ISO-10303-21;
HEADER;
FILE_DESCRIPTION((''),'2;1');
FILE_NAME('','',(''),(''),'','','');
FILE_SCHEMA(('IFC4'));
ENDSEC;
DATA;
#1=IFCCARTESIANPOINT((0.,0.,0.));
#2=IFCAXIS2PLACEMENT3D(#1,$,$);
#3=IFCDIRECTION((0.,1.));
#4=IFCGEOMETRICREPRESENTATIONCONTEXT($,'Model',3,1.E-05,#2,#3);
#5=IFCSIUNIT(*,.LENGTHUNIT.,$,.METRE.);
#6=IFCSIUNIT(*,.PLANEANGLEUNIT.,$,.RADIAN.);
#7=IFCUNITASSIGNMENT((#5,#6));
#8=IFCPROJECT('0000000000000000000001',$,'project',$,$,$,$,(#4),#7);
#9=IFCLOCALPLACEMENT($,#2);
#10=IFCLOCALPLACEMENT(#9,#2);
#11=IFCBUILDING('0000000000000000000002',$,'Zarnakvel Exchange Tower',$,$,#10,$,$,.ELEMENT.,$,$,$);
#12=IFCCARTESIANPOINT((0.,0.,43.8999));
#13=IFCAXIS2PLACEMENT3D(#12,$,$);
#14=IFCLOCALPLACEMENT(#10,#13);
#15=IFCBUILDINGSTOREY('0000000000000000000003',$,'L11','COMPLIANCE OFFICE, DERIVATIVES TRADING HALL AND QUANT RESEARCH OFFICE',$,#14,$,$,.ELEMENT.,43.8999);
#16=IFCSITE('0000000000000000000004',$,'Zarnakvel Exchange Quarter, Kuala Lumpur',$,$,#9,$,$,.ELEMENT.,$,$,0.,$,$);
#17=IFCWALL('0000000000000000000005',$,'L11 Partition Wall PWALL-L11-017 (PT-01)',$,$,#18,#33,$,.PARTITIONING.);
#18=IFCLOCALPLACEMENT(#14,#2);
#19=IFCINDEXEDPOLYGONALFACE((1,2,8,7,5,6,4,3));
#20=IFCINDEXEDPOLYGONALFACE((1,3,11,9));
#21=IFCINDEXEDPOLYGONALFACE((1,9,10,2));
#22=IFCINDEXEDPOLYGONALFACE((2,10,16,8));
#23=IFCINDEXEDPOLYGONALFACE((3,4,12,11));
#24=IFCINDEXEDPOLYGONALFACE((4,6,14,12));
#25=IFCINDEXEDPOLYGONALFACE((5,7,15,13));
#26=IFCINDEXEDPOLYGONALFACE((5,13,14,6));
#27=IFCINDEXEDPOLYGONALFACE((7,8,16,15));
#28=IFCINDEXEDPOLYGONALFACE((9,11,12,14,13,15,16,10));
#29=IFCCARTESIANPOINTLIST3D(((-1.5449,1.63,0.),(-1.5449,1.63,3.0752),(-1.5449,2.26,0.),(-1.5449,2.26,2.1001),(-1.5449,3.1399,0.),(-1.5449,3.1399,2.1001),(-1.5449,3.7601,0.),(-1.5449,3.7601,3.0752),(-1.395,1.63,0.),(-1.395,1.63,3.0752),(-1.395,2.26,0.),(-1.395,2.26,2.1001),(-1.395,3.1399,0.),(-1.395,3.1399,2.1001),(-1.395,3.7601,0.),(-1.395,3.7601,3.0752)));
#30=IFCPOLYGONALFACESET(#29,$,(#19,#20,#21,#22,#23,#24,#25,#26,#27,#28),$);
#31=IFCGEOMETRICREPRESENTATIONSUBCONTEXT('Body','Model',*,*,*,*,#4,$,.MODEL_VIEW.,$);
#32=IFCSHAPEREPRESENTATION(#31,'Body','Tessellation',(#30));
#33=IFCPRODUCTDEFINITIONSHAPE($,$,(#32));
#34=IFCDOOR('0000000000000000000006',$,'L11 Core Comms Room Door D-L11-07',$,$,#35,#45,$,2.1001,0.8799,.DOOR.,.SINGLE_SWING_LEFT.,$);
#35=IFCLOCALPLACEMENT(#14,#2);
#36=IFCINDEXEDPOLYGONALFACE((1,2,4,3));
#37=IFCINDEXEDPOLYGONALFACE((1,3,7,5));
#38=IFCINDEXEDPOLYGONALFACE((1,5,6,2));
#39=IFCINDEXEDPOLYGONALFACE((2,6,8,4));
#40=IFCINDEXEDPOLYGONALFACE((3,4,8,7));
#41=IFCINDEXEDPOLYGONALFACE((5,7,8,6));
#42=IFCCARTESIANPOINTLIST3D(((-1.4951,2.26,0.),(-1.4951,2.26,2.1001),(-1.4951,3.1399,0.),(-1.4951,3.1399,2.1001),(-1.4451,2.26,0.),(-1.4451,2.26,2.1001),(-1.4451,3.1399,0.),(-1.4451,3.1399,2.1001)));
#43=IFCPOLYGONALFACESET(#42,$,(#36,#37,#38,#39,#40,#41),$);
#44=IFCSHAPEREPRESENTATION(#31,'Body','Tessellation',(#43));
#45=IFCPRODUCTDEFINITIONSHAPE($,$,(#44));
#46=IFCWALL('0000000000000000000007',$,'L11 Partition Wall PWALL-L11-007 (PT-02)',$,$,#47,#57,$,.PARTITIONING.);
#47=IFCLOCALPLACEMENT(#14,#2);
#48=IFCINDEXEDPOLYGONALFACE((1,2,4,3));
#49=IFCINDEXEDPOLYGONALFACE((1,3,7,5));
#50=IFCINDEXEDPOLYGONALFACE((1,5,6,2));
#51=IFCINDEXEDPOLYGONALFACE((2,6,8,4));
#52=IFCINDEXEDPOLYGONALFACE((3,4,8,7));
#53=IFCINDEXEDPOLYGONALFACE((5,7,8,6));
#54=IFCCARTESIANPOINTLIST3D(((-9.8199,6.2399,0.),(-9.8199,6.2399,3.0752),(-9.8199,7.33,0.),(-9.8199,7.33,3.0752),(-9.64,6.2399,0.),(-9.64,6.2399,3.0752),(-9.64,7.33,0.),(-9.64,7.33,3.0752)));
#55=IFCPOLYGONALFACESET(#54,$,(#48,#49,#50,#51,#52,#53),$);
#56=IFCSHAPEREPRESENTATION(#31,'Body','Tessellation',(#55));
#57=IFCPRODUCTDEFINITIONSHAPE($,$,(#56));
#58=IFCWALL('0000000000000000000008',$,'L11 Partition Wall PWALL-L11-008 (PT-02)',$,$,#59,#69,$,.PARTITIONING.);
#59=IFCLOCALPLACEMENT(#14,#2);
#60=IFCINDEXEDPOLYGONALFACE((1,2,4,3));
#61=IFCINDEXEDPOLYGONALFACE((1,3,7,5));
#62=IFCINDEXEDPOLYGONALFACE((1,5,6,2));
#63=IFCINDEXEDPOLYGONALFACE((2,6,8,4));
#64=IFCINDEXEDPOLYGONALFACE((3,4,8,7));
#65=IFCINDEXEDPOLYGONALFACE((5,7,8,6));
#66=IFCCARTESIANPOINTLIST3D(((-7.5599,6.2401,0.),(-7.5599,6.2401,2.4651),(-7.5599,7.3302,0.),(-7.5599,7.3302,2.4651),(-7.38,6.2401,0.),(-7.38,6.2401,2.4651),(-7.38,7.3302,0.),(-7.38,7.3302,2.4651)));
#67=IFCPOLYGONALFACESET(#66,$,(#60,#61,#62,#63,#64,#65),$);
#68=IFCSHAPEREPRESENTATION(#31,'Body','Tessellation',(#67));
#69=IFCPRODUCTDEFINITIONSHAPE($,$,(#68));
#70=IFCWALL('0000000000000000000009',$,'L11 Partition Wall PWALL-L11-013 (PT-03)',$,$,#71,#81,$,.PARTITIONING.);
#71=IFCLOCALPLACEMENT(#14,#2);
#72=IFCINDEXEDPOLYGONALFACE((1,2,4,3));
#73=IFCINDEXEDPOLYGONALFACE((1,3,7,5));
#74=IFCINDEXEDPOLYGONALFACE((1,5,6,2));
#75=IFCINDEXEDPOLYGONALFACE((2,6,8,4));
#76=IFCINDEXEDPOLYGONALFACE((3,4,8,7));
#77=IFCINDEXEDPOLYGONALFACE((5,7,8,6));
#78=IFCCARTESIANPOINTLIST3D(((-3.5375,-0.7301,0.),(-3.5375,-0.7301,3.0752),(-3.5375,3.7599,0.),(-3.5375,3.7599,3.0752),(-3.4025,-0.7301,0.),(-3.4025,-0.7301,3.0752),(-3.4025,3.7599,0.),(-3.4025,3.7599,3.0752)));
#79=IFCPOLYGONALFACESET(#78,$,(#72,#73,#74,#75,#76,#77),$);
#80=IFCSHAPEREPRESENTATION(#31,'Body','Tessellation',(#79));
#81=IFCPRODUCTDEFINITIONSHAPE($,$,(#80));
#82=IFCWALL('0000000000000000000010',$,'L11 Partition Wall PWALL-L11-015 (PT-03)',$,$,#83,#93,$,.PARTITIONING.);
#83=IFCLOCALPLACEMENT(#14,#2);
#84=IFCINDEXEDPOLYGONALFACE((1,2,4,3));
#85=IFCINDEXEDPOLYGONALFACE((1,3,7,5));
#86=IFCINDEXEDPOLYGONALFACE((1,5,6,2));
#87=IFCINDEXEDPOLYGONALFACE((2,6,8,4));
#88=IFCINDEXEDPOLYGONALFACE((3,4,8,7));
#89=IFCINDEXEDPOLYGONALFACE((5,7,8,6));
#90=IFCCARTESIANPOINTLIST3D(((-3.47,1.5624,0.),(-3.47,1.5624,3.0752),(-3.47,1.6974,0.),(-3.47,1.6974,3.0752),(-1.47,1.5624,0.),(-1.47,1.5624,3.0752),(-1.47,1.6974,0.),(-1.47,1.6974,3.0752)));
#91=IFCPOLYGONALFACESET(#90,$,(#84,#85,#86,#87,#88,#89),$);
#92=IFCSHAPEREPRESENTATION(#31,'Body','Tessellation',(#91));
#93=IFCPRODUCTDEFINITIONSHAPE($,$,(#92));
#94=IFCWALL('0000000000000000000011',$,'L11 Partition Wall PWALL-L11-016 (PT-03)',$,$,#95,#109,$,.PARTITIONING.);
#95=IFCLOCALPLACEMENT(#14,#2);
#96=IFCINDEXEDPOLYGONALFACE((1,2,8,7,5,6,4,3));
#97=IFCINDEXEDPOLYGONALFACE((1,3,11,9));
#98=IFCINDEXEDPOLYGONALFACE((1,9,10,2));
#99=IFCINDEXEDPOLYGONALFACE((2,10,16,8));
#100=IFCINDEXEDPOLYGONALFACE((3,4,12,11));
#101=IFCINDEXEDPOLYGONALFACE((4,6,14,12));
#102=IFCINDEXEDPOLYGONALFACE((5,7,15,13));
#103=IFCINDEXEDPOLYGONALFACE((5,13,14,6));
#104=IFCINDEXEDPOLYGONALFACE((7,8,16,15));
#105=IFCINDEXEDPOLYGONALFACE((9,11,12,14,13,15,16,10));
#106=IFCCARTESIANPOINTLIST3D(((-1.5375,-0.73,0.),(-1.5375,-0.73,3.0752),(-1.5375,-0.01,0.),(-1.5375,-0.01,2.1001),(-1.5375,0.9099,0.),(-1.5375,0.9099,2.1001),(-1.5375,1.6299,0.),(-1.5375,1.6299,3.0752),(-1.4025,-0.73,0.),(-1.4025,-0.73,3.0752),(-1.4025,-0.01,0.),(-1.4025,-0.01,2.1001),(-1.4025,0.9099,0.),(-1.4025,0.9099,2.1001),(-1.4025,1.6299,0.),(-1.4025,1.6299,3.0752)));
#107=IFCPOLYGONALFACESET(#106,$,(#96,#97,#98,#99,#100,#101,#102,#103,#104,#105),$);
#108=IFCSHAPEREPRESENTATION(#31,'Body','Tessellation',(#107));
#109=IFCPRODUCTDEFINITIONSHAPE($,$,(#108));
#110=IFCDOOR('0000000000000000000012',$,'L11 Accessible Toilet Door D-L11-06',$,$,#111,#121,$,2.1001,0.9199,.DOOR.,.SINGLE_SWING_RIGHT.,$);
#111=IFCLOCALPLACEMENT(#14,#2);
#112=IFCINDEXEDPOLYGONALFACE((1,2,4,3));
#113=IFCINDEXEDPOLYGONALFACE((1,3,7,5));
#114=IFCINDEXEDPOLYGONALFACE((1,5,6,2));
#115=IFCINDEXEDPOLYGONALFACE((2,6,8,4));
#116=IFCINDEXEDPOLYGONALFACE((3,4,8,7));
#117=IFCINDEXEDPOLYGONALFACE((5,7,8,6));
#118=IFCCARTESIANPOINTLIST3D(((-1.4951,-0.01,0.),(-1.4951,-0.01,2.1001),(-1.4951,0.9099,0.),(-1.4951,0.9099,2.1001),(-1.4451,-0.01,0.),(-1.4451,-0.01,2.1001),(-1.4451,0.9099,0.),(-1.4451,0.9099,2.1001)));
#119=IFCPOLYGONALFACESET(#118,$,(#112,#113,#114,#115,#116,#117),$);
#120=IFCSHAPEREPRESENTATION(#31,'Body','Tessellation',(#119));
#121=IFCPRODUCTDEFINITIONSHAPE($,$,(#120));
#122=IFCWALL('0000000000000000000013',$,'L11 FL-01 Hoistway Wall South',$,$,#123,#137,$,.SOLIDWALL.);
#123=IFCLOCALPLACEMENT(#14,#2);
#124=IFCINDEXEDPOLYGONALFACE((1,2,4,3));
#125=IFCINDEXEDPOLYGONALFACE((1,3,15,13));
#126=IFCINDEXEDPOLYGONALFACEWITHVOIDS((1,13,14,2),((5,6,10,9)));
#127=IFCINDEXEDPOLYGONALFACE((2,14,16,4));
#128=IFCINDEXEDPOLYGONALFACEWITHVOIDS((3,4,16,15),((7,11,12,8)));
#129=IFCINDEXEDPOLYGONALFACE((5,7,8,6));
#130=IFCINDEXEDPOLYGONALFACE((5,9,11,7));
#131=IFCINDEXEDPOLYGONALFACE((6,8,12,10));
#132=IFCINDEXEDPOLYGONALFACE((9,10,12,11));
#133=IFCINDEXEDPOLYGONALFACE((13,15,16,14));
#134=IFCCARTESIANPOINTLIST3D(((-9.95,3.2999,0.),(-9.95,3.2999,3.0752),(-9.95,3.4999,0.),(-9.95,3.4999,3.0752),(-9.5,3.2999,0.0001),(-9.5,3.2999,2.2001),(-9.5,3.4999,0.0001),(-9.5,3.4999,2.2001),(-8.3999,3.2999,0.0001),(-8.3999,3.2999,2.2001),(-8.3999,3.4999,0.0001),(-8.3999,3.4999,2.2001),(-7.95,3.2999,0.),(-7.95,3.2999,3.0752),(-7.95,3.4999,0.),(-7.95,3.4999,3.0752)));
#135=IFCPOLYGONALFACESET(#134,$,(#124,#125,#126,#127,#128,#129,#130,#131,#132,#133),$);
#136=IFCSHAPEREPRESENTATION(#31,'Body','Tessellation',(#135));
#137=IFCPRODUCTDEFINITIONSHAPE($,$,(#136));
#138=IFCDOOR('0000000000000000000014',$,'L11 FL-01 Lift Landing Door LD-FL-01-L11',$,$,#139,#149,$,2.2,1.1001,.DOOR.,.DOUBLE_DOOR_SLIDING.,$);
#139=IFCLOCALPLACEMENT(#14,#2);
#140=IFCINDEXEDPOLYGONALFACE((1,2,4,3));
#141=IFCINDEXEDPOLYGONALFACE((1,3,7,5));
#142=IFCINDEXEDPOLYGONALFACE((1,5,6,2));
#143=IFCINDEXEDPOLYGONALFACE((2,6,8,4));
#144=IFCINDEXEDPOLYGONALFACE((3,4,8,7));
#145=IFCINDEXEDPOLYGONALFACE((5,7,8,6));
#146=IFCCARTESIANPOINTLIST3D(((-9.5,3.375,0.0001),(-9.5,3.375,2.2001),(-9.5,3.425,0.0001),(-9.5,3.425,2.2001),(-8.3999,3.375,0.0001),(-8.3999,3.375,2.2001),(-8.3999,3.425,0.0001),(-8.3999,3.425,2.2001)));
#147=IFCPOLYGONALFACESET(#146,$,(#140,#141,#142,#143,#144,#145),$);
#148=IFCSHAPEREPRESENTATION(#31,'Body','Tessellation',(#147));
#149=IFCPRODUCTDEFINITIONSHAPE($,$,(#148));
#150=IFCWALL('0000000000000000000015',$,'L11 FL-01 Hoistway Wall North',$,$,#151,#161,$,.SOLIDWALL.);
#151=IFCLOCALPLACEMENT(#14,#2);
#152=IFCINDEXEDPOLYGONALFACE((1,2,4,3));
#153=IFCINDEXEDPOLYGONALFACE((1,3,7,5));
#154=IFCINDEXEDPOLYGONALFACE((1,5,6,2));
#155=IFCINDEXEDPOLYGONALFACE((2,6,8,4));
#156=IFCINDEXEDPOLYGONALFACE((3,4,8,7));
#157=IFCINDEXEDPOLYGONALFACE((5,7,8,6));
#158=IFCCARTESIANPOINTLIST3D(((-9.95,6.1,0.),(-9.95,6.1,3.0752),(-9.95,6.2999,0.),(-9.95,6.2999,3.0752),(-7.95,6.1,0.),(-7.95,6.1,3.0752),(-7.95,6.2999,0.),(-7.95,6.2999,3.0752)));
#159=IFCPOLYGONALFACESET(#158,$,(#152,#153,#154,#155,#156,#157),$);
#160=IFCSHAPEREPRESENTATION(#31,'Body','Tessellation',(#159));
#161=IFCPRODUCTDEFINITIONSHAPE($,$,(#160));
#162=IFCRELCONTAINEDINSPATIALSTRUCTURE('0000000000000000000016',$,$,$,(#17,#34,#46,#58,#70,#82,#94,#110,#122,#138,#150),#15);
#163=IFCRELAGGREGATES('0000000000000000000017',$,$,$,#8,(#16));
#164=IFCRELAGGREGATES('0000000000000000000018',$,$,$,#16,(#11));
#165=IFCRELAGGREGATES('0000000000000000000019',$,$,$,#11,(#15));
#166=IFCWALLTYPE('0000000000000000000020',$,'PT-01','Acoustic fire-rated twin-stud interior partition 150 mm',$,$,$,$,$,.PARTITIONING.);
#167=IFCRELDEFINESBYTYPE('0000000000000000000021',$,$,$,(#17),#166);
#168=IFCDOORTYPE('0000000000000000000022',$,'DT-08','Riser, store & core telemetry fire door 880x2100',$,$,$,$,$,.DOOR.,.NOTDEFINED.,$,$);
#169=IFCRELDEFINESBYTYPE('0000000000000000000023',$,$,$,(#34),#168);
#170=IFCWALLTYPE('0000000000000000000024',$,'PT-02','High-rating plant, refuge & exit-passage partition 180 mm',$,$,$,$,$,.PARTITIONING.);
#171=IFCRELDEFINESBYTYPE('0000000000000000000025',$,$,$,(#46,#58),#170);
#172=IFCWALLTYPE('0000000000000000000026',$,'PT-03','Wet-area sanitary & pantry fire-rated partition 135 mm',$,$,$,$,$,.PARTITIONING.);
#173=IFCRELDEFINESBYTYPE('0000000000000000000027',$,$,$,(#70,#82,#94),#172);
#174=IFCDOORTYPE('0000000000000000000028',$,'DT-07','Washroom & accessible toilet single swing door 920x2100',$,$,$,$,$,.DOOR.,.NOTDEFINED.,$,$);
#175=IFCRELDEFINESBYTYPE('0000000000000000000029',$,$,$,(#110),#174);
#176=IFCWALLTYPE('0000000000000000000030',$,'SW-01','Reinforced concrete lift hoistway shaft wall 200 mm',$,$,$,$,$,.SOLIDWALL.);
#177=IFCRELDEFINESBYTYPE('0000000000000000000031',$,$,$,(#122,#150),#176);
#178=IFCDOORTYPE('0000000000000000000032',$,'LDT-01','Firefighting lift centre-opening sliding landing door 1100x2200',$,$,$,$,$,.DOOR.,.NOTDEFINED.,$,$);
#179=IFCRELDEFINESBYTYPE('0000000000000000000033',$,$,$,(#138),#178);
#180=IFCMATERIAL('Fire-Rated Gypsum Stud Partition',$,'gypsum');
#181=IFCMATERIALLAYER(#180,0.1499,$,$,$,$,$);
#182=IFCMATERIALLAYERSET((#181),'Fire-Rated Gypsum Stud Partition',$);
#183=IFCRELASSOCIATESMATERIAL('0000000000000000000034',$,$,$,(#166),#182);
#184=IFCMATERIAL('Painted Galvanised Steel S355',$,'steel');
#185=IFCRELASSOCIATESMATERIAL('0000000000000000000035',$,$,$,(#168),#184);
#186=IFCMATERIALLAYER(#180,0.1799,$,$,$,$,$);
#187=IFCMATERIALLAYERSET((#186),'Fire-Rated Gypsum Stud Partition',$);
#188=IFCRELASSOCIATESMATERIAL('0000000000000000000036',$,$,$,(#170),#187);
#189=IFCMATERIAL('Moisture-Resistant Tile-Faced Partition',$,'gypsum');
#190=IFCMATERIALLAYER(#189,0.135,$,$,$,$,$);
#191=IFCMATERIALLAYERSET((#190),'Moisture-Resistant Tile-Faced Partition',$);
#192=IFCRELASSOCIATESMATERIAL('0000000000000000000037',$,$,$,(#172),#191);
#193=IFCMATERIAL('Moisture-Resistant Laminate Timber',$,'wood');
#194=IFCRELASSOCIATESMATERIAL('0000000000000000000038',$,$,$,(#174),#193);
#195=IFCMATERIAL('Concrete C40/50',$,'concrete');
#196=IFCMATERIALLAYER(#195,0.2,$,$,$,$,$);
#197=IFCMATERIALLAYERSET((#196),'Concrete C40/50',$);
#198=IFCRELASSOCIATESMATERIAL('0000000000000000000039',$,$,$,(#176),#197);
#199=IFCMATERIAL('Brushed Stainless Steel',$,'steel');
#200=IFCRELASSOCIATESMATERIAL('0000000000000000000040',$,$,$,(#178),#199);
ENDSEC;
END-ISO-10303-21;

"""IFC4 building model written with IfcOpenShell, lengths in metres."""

from ifc_helpers import new_model, si_unit, direction, frame, frame_2d, origin, place, context, subcontext, project, spatial, rectangle, extrude, source, transform, mapped, material, layer, layer_set, type_object, element, fill, save


model = new_model("IFC4")

# Units and contexts
model_context = context("Model", 3, precision=1e-05, world=origin(), true_north=direction((0.0, 1.0)))
body_context = subcontext(model_context, "Body", "Model", "MODEL_VIEW")
ifc_project = project(units=[si_unit("LENGTHUNIT", "METRE"), si_unit("PLANEANGLEUNIT", "RADIAN")], contexts=[model_context])

# Site, building, storey
site_placement = place(None, origin())
site = spatial("IfcSite", under=ifc_project, at=site_placement, Name="Zarnakvel Exchange Quarter, Kuala Lumpur", CompositionType="ELEMENT", RefElevation=0.0)
building_placement = place(site_placement, origin())
building = spatial("IfcBuilding", under=site, at=building_placement, Name="Zarnakvel Exchange Tower", CompositionType="ELEMENT")
storey_placement = place(building_placement, frame((0.0, 0.0, 43.8999)))
storey = spatial("IfcBuildingStorey", under=building, at=storey_placement, Name="L11", Description="COMPLIANCE OFFICE, DERIVATIVES TRADING HALL AND QUANT RESEARCH OFFICE", CompositionType="ELEMENT", Elevation=43.8999)

# Wall, opening, door
ifc_material_1 = material(Name="Fire-Rated Gypsum Stud Partition", Category="gypsum")
ifc_layer_1 = layer(ifc_material_1, 0.1499)
ifc_layer_set_1 = layer_set([ifc_layer_1], Name="Fire-Rated Gypsum Stud Partition")
wall_type_1 = type_object("IfcWallType", Name="PT-01", Description="Acoustic fire-rated twin-stud interior partition 150 mm", PredefinedType="PARTITIONING", material=ifc_layer_set_1)
wall_1_placement = place(storey_placement, frame((-1.47, 3.76, 0.0), z_axis=(0.0, 0.0, 1.0), x_axis=(0.0, -1.0, 0.0)))
wall_1 = element("IfcWall", 1, at=wall_1_placement, inside=storey, type_object=wall_type_1, Name="L11 Partition Wall PWALL-L11-017 (PT-01)", PredefinedType="PARTITIONING", context=body_context, shape_type="SweptSolid", body=[
    extrude(rectangle(XDim=2.1301, YDim=0.1499, at=frame_2d((1.0649, 0.0))), origin(), (0.0, 0.0, 1.0), 3.0752),
])
opening_1_placement = place(wall_1_placement, frame((0.6201, 0.0, 0.0)))
opening_1 = element("IfcOpeningElement", 2, at=opening_1_placement, cuts=wall_1, PredefinedType="OPENING", context=body_context, shape_type="SweptSolid", body=[
    extrude(rectangle(XDim=0.8799, YDim=2.1001, at=frame_2d((0.4399, 1.05))), frame((0.0, 0.085, 0.0), z_axis=(0.0, -1.0, 0.0), x_axis=(1.0, 0.0, 0.0)), (0.0, 0.0, 1.0), 0.1699),
])
ifc_material_2 = material(Name="Painted Galvanised Steel S355", Category="steel")
door_type_1 = type_object("IfcDoorType", Name="DT-08", Description="Riser, store & core telemetry fire door 880x2100", OperationType="NOTDEFINED", PredefinedType="DOOR", material=ifc_material_2)
shared_shape_1 = source(origin(), body_context, "Body", "SweptSolid", [
    extrude(rectangle(XDim=0.8799, YDim=2.1001, at=frame_2d((0.4399, 1.05))), frame((0.0, 0.0249, 0.0), z_axis=(0.0, -1.0, 0.0), x_axis=(1.0, 0.0, 0.0)), (0.0, 0.0, 1.0), 0.05),
])
door_1_placement = place(opening_1_placement, origin())
door_1 = element("IfcDoor", 3, at=door_1_placement, inside=storey, type_object=door_type_1, Name="L11 Core Comms Room Door D-L11-07", OperationType="SINGLE_SWING_LEFT", OverallHeight=2.1001, OverallWidth=0.8799, PredefinedType="DOOR", context=body_context, shape_type="MappedRepresentation", body=[
    mapped(shared_shape_1, transform((0.0, 0.0, 0.0), x_axis=(1.0, 0.0, 0.0), y_axis=(0.0, 1.0, 0.0), z_axis=(0.0, 0.0, 1.0), scale=1.0)),
])
fill(opening_1, door_1)

# Walls
ifc_layer_2 = layer(ifc_material_1, 0.1799)
ifc_layer_set_2 = layer_set([ifc_layer_2], Name="Fire-Rated Gypsum Stud Partition")
wall_type_2 = type_object("IfcWallType", Name="PT-02", Description="High-rating plant, refuge & exit-passage partition 180 mm", PredefinedType="PARTITIONING", material=ifc_layer_set_2)
wall_2_placement = place(storey_placement, frame((-9.73, 6.24, 0.0), z_axis=(0.0, 0.0, 1.0), x_axis=(0.0, 1.0, 0.0)))
element("IfcWall", 4, at=wall_2_placement, inside=storey, type_object=wall_type_2, Name="L11 Partition Wall PWALL-L11-007 (PT-02)", PredefinedType="PARTITIONING", context=body_context, shape_type="SweptSolid", body=[
    extrude(rectangle(XDim=1.0901, YDim=0.1799, at=frame_2d((0.5449, 0.0))), origin(), (0.0, 0.0, 1.0), 3.0752),
])
wall_3_placement = place(storey_placement, frame((-7.47, 7.3301, 0.0), z_axis=(0.0, 0.0, 1.0), x_axis=(0.0, -1.0, 0.0)))
element("IfcWall", 5, at=wall_3_placement, inside=storey, type_object=wall_type_2, Name="L11 Partition Wall PWALL-L11-008 (PT-02)", PredefinedType="PARTITIONING", context=body_context, shape_type="SweptSolid", body=[
    extrude(rectangle(XDim=1.0901, YDim=0.1799, at=frame_2d((0.5449, 0.0))), origin(), (0.0, 0.0, 1.0), 2.4651),
])
ifc_material_3 = material(Name="Moisture-Resistant Tile-Faced Partition", Category="gypsum")
ifc_layer_3 = layer(ifc_material_3, 0.135)
ifc_layer_set_3 = layer_set([ifc_layer_3], Name="Moisture-Resistant Tile-Faced Partition")
wall_type_3 = type_object("IfcWallType", Name="PT-03", Description="Wet-area sanitary & pantry fire-rated partition 135 mm", PredefinedType="PARTITIONING", material=ifc_layer_set_3)
wall_4_placement = place(storey_placement, frame((-3.47, 3.76, 0.0), z_axis=(0.0, 0.0, 1.0), x_axis=(0.0, -1.0, 0.0)))
element("IfcWall", 6, at=wall_4_placement, inside=storey, type_object=wall_type_3, Name="L11 Partition Wall PWALL-L11-013 (PT-03)", PredefinedType="PARTITIONING", context=body_context, shape_type="SweptSolid", body=[
    extrude(rectangle(XDim=4.49, YDim=0.135, at=frame_2d((2.2451, 0.0))), origin(), (0.0, 0.0, 1.0), 3.0752),
])
wall_5_placement = place(storey_placement, frame((-3.47, 1.6299, 0.0), z_axis=(0.0, 0.0, 1.0), x_axis=(1.0, 0.0, 0.0)))
element("IfcWall", 7, at=wall_5_placement, inside=storey, type_object=wall_type_3, Name="L11 Partition Wall PWALL-L11-015 (PT-03)", PredefinedType="PARTITIONING", context=body_context, shape_type="SweptSolid", body=[
    extrude(rectangle(XDim=2.0, YDim=0.135, at=frame_2d((1.0, 0.0))), origin(), (0.0, 0.0, 1.0), 3.0752),
])

# Walls, openings, doors
wall_6_placement = place(storey_placement, frame((-1.47, 1.6299, 0.0), z_axis=(0.0, 0.0, 1.0), x_axis=(0.0, -1.0, 0.0)))
wall_6 = element("IfcWall", 8, at=wall_6_placement, inside=storey, type_object=wall_type_3, Name="L11 Partition Wall PWALL-L11-016 (PT-03)", PredefinedType="PARTITIONING", context=body_context, shape_type="SweptSolid", body=[
    extrude(rectangle(XDim=2.3599, YDim=0.135, at=frame_2d((1.1799, 0.0))), origin(), (0.0, 0.0, 1.0), 3.0752),
])
opening_2_placement = place(wall_6_placement, frame((0.72, 0.0, 0.0)))
opening_2 = element("IfcOpeningElement", 9, at=opening_2_placement, cuts=wall_6, PredefinedType="OPENING", context=body_context, shape_type="SweptSolid", body=[
    extrude(rectangle(XDim=0.9199, YDim=2.1001, at=frame_2d((0.46, 1.05))), frame((0.0, 0.0774, 0.0), z_axis=(0.0, -1.0, 0.0), x_axis=(1.0, 0.0, 0.0)), (0.0, 0.0, 1.0), 0.155),
])
ifc_material_4 = material(Name="Moisture-Resistant Laminate Timber", Category="wood")
door_type_2 = type_object("IfcDoorType", Name="DT-07", Description="Washroom & accessible toilet single swing door 920x2100", OperationType="NOTDEFINED", PredefinedType="DOOR", material=ifc_material_4)
shared_shape_2 = source(origin(), body_context, "Body", "SweptSolid", [
    extrude(rectangle(XDim=0.9199, YDim=2.1001, at=frame_2d((0.46, 1.05))), frame((0.0, 0.0249, 0.0), z_axis=(0.0, -1.0, 0.0), x_axis=(1.0, 0.0, 0.0)), (0.0, 0.0, 1.0), 0.05),
])
door_2_placement = place(opening_2_placement, origin())
door_2 = element("IfcDoor", 10, at=door_2_placement, inside=storey, type_object=door_type_2, Name="L11 Accessible Toilet Door D-L11-06", OperationType="SINGLE_SWING_RIGHT", OverallHeight=2.1001, OverallWidth=0.9199, PredefinedType="DOOR", context=body_context, shape_type="MappedRepresentation", body=[
    mapped(shared_shape_2, transform((0.0, 0.0, 0.0), x_axis=(1.0, 0.0, 0.0), y_axis=(0.0, 1.0, 0.0), z_axis=(0.0, 0.0, 1.0), scale=1.0)),
])
fill(opening_2, door_2)
ifc_material_5 = material(Name="Concrete C40/50", Category="concrete")
ifc_layer_4 = layer(ifc_material_5, 0.2)
ifc_layer_set_4 = layer_set([ifc_layer_4], Name="Concrete C40/50")
wall_type_4 = type_object("IfcWallType", Name="SW-01", Description="Reinforced concrete lift hoistway shaft wall 200 mm", PredefinedType="SOLIDWALL", material=ifc_layer_set_4)
wall_7_placement = place(storey_placement, frame((-7.95, 3.3999, 0.0), z_axis=(0.0, 0.0, 1.0), x_axis=(-1.0, 0.0, 0.0)))
wall_7 = element("IfcWall", 11, at=wall_7_placement, inside=storey, type_object=wall_type_4, Name="L11 FL-01 Hoistway Wall South", PredefinedType="SOLIDWALL", context=body_context, shape_type="SweptSolid", body=[
    extrude(rectangle(XDim=2.0, YDim=0.2, at=frame_2d((1.0, 0.0))), origin(), (0.0, 0.0, 1.0), 3.0752),
])
opening_3_placement = place(wall_7_placement, frame((0.45, 0.0, 0.0)))
opening_3 = element("IfcOpeningElement", 12, at=opening_3_placement, cuts=wall_7, PredefinedType="OPENING", context=body_context, shape_type="SweptSolid", body=[
    extrude(rectangle(XDim=1.1001, YDim=2.2, at=frame_2d((0.55, 1.1001))), frame((0.0, 0.1099, 0.0), z_axis=(0.0, -1.0, 0.0), x_axis=(1.0, 0.0, 0.0)), (0.0, 0.0, 1.0), 0.22),
])
ifc_material_6 = material(Name="Brushed Stainless Steel", Category="steel")
door_type_3 = type_object("IfcDoorType", Name="LDT-01", Description="Firefighting lift centre-opening sliding landing door 1100x2200", OperationType="NOTDEFINED", PredefinedType="DOOR", material=ifc_material_6)
shared_shape_3 = source(origin(), body_context, "Body", "SweptSolid", [
    extrude(rectangle(XDim=1.1001, YDim=2.2, at=frame_2d((0.55, 1.1001))), frame((0.0, 0.0249, 0.0), z_axis=(0.0, -1.0, 0.0), x_axis=(1.0, 0.0, 0.0)), (0.0, 0.0, 1.0), 0.05),
])
door_3_placement = place(opening_3_placement, origin())
door_3 = element("IfcDoor", 13, at=door_3_placement, inside=storey, type_object=door_type_3, Name="L11 FL-01 Lift Landing Door LD-FL-01-L11", OperationType="DOUBLE_DOOR_SLIDING", OverallHeight=2.2, OverallWidth=1.1001, PredefinedType="DOOR", context=body_context, shape_type="MappedRepresentation", body=[
    mapped(shared_shape_3, transform((0.0, 0.0, 0.0), x_axis=(1.0, 0.0, 0.0), y_axis=(0.0, 1.0, 0.0), z_axis=(0.0, 0.0, 1.0), scale=1.0)),
])
fill(opening_3, door_3)

# Wall
wall_8_placement = place(storey_placement, frame((-9.95, 6.2, 0.0), z_axis=(0.0, 0.0, 1.0), x_axis=(1.0, 0.0, 0.0)))
element("IfcWall", 14, at=wall_8_placement, inside=storey, type_object=wall_type_4, Name="L11 FL-01 Hoistway Wall North", PredefinedType="SOLIDWALL", context=body_context, shape_type="SweptSolid", body=[
    extrude(rectangle(XDim=2.0, YDim=0.2, at=frame_2d((1.0, 0.0))), origin(), (0.0, 0.0, 1.0), 3.0752),
])

save(model, "model.ifc")
